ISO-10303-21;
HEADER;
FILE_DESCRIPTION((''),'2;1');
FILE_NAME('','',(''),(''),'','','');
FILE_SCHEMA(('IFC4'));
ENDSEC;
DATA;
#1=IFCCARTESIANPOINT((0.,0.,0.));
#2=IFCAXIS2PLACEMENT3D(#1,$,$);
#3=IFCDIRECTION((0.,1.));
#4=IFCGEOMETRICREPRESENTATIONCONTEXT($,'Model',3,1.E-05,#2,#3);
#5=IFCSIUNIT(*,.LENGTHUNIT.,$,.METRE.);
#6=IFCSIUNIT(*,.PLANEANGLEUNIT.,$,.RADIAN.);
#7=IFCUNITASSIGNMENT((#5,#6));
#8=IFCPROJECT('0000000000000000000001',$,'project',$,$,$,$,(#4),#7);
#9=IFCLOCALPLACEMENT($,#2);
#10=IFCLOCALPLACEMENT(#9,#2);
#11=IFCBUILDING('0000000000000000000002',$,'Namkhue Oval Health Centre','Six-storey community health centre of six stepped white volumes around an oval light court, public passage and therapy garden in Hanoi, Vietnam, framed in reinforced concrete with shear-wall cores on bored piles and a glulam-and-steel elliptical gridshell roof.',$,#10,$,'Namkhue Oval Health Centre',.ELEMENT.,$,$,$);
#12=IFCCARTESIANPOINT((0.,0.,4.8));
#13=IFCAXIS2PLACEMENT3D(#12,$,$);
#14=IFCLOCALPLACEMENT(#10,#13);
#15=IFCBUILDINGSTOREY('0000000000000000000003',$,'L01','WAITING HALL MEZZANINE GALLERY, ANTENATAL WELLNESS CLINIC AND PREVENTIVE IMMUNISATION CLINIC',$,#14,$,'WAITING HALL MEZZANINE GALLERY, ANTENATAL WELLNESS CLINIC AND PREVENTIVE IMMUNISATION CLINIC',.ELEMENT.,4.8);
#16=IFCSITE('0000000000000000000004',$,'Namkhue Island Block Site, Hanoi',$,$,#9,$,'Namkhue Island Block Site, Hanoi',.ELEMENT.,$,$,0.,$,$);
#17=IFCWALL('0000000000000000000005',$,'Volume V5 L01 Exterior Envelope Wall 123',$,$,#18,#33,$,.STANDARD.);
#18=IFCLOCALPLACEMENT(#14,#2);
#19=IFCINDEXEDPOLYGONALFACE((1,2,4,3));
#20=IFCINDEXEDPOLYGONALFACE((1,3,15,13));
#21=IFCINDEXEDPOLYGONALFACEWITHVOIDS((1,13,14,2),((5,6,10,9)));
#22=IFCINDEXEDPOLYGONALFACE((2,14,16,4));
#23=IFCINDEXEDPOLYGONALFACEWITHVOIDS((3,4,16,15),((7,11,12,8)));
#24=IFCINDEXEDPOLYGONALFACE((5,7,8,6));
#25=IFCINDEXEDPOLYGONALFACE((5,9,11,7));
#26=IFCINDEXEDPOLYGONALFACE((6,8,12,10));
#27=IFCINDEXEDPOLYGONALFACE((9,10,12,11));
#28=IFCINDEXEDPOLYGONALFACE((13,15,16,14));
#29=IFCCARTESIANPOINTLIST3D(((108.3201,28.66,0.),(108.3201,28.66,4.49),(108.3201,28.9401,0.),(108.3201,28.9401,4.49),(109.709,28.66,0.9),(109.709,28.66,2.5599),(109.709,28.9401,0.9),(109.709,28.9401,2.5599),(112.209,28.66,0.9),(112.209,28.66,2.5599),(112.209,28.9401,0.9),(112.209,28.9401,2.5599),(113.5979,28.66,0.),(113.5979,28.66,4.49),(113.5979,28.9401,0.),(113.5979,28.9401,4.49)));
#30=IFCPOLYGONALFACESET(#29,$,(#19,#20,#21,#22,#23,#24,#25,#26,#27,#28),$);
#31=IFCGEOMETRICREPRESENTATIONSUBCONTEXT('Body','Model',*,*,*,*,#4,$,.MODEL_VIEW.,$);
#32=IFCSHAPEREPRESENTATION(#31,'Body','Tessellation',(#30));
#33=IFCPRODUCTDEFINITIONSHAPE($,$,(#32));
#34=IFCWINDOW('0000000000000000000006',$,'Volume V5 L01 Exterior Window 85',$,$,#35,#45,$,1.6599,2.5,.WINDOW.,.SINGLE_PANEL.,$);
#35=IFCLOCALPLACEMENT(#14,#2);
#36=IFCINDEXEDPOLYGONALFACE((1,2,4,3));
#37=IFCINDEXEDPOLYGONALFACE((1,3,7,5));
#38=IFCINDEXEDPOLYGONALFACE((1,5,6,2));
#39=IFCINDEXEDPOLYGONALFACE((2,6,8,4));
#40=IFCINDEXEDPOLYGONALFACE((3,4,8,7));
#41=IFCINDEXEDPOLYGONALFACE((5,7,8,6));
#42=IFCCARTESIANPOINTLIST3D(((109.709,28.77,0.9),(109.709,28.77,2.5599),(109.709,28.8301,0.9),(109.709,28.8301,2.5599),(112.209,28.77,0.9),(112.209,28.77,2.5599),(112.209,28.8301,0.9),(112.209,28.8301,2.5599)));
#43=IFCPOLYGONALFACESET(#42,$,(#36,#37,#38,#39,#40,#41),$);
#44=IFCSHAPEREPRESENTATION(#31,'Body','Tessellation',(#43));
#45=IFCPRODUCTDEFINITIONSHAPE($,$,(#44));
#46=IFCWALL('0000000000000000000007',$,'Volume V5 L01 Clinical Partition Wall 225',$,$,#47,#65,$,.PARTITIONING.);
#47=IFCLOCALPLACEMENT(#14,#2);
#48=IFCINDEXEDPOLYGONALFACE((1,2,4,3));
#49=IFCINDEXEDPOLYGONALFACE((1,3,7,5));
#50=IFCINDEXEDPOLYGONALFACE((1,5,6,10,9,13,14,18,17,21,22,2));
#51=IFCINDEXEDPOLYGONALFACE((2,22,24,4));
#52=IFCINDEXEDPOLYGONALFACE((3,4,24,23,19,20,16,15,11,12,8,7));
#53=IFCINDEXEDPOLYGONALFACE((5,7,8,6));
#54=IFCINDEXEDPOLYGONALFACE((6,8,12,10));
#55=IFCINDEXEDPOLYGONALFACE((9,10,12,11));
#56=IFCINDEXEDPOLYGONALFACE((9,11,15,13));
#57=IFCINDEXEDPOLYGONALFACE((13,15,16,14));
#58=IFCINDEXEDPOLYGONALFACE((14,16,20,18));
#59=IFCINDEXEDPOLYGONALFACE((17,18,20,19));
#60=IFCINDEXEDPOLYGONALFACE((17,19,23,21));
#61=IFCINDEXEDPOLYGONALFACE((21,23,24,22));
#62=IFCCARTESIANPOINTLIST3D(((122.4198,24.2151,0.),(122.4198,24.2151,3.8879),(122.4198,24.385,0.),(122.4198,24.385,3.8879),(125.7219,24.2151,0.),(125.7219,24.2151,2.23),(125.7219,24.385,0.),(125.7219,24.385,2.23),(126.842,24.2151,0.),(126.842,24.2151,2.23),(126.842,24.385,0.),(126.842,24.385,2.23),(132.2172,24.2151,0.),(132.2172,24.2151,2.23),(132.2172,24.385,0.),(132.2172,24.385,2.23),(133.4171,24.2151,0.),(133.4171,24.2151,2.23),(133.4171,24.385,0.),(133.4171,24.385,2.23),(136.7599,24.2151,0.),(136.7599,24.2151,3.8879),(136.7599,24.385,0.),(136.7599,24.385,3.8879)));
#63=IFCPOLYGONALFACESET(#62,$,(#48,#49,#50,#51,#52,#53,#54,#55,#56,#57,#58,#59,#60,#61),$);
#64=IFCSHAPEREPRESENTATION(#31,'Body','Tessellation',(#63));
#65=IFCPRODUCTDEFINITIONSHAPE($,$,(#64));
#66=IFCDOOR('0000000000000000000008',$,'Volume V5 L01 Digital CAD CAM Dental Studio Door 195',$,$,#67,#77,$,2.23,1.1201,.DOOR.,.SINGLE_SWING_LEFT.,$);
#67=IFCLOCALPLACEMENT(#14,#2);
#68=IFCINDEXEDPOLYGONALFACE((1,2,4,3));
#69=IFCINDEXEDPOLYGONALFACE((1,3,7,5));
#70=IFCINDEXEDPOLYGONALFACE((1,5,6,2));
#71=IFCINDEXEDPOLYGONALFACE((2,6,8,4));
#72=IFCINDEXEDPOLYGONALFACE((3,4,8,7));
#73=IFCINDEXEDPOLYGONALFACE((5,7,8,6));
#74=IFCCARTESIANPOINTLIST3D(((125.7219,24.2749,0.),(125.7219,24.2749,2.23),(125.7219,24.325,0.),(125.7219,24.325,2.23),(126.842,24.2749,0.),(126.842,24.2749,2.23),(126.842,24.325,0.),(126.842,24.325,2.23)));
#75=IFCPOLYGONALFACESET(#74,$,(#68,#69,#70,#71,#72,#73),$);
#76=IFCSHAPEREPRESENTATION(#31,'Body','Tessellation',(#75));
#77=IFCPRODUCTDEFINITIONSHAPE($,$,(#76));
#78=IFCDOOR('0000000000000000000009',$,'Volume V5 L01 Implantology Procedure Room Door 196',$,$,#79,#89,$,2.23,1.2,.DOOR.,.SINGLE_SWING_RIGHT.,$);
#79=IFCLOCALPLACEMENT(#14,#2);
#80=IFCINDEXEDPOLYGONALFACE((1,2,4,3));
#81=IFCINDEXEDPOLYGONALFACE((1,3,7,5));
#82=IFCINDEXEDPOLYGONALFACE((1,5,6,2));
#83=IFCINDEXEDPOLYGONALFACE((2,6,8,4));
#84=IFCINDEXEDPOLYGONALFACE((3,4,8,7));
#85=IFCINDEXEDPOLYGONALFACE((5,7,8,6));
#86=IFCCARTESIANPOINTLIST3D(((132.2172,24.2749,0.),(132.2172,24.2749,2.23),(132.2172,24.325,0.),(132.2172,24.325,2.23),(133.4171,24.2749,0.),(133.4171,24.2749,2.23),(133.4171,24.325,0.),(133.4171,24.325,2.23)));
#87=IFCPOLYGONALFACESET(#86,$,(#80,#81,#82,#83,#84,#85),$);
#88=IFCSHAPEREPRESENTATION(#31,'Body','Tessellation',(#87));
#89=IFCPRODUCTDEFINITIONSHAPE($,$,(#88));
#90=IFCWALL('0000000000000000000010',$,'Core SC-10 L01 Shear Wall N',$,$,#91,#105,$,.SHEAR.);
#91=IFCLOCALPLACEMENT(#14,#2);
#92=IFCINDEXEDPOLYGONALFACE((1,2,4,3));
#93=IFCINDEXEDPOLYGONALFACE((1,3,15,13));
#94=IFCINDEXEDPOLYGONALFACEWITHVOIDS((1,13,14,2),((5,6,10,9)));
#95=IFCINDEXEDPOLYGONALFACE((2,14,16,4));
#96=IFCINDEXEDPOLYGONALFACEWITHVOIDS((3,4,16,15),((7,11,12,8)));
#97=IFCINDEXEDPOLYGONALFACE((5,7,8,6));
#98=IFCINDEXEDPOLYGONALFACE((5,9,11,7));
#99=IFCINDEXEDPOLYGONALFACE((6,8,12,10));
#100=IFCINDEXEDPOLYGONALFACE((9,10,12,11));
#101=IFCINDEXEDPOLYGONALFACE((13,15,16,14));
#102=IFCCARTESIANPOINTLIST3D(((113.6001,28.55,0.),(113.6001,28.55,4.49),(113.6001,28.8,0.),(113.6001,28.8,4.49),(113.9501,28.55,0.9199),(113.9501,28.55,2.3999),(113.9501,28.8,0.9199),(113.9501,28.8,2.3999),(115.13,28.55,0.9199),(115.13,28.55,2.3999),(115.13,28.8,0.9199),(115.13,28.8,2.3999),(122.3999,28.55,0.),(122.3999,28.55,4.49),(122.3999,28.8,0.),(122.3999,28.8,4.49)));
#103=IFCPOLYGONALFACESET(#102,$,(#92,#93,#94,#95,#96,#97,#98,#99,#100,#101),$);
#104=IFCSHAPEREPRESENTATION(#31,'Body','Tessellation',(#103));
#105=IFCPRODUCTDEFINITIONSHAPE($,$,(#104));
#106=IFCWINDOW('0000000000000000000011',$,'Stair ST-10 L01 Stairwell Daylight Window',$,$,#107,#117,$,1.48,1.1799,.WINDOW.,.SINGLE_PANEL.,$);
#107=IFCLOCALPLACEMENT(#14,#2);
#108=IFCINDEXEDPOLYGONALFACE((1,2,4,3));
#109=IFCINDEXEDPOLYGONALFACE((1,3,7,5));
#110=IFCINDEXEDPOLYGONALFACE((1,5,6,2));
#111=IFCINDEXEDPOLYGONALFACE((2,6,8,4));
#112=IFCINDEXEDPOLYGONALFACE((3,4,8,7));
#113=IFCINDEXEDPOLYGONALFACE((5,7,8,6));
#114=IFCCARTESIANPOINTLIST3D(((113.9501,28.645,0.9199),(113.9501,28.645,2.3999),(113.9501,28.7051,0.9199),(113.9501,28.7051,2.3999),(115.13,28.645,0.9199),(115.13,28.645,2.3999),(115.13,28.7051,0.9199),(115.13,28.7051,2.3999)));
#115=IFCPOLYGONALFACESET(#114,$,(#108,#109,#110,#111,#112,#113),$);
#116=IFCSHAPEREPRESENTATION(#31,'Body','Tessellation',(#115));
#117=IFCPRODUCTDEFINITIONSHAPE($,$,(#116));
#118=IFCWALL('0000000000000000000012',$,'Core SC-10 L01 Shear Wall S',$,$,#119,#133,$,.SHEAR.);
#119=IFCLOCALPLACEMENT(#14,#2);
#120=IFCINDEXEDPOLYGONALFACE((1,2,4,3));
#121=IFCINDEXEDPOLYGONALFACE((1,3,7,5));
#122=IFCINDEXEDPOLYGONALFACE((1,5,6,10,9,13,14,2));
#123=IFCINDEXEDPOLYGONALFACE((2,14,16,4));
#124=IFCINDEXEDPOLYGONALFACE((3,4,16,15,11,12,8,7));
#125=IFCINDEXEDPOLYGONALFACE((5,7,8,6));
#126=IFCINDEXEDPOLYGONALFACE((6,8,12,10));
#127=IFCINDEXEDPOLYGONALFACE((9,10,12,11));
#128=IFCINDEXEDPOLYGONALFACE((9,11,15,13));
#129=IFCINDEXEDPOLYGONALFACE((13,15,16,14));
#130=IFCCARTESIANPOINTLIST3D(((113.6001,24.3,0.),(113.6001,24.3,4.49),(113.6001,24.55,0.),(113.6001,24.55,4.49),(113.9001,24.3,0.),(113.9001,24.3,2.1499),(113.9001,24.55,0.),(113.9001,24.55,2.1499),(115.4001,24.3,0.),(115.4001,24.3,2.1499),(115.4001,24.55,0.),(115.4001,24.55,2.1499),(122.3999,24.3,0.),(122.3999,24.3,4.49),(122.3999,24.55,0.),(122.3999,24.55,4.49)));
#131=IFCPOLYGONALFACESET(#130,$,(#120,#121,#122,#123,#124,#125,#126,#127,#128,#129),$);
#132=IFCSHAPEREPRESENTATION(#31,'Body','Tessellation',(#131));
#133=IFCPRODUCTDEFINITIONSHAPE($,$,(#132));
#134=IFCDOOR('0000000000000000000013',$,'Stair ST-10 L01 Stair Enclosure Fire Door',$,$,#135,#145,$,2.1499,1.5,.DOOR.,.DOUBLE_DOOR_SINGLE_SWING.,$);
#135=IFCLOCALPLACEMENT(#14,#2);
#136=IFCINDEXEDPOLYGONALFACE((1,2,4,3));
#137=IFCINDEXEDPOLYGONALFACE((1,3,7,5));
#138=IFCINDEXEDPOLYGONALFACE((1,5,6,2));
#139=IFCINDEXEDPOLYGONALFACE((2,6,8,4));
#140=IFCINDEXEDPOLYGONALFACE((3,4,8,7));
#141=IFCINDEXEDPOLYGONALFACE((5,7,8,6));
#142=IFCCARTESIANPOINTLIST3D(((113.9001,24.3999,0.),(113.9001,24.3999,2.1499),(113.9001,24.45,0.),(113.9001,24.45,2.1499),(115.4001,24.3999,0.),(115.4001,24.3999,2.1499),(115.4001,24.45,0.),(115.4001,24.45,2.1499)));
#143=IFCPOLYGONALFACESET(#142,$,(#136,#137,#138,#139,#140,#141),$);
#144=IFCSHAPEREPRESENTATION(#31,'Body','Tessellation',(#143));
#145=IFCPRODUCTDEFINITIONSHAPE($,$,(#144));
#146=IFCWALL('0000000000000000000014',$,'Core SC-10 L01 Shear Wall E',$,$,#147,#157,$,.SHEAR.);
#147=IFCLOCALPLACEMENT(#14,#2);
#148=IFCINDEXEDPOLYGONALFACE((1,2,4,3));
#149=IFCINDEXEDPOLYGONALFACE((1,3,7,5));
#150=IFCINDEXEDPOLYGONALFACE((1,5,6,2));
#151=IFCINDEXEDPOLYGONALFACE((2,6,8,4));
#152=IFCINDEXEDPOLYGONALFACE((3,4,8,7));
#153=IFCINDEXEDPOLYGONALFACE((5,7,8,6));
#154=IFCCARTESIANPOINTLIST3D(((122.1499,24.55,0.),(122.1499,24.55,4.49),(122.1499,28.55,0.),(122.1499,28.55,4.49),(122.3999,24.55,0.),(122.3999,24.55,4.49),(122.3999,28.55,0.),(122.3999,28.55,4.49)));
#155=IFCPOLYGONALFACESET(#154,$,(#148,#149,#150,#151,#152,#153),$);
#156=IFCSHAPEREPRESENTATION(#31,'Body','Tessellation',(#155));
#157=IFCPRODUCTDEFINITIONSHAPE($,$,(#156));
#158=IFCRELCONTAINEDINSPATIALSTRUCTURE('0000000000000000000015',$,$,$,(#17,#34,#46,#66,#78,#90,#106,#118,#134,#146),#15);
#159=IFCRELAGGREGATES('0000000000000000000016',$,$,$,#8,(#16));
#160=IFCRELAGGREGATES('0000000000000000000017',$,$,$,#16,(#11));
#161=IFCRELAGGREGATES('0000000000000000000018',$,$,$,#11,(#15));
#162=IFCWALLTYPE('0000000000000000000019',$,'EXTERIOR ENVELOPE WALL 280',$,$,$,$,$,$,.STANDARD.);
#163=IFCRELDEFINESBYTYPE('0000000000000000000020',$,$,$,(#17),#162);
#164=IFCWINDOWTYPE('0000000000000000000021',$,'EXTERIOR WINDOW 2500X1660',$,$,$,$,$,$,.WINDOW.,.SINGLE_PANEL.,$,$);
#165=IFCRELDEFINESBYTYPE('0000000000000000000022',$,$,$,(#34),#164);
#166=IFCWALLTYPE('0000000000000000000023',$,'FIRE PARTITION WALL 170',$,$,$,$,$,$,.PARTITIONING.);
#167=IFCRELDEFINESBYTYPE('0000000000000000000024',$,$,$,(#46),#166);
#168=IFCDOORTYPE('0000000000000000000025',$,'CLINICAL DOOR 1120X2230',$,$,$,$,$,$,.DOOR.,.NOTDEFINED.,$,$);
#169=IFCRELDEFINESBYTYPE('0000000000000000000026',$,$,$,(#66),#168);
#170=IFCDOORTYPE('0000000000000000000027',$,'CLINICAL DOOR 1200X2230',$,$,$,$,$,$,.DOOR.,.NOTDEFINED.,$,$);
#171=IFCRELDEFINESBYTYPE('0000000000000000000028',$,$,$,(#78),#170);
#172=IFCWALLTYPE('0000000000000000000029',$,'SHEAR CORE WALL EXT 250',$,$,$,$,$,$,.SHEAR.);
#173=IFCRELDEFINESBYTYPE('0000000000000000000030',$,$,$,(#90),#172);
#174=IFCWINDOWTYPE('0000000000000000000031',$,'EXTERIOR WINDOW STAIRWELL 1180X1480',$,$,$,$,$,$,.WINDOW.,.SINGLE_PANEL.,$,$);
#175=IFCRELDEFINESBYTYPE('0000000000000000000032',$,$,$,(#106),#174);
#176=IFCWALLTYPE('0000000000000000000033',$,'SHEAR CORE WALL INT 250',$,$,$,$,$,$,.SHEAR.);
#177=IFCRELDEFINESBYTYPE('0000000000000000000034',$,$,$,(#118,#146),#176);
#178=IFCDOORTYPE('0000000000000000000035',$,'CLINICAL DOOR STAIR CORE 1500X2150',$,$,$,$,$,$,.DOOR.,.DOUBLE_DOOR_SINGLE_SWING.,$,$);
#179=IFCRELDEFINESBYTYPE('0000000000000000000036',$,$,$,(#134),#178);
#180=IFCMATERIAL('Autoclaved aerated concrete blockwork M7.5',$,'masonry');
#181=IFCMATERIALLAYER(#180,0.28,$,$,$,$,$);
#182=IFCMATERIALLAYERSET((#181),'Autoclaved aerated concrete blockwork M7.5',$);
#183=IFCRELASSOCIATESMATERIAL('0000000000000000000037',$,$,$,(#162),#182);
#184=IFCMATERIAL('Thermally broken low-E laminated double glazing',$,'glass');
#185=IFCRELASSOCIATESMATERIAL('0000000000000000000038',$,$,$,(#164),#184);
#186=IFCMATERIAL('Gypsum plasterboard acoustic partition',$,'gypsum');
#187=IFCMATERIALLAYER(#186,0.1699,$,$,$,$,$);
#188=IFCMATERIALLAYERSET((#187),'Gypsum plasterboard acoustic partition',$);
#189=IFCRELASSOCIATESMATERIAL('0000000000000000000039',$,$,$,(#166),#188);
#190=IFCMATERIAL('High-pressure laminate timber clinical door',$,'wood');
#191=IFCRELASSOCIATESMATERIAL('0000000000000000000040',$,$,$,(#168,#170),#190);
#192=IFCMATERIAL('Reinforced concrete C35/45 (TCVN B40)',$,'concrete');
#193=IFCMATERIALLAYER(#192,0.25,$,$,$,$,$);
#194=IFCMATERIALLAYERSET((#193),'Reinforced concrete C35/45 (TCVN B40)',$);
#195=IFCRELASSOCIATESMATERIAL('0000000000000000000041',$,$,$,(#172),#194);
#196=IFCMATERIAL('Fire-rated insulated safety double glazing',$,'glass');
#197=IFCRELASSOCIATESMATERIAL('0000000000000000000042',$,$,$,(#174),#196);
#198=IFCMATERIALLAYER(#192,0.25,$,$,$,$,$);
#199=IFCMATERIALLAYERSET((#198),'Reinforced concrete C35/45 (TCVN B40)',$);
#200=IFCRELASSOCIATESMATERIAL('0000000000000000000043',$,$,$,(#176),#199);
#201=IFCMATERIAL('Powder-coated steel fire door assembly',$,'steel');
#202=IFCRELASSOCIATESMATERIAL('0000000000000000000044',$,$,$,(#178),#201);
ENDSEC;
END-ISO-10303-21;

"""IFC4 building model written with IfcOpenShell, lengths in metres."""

from ifc_helpers import new_model, si_unit, direction, frame, frame_2d, origin, place, context, subcontext, project, spatial, rectangle, extrude, material, layer, layer_set, type_object, element, fill, save


model = new_model("IFC4")

# Units and contexts
model_context = context("Model", 3, precision=1e-05, world=origin(), true_north=direction((0.0, 1.0)))
body_context = subcontext(model_context, "Body", "Model", "MODEL_VIEW")
ifc_project = project(units=[si_unit("LENGTHUNIT", "METRE"), si_unit("PLANEANGLEUNIT", "RADIAN")], contexts=[model_context])

# Site, building, storey
site_placement = place(None, origin())
site = spatial("IfcSite", under=ifc_project, at=site_placement, Name="Namkhue Island Block Site, Hanoi", LongName="Namkhue Island Block Site, Hanoi", CompositionType="ELEMENT", RefElevation=0.0)
building_placement = place(site_placement, origin())
building = spatial("IfcBuilding", under=site, at=building_placement, Name="Namkhue Oval Health Centre", Description="Six-storey community health centre of six stepped white volumes around an oval light court, public passage and therapy garden in Hanoi, Vietnam, framed in reinforced concrete with shear-wall cores on bored piles and a glulam-and-steel elliptical gridshell roof.", LongName="Namkhue Oval Health Centre", CompositionType="ELEMENT")
storey_placement = place(building_placement, frame((0.0, 0.0, 4.8)))
storey = spatial("IfcBuildingStorey", under=building, at=storey_placement, Name="L01", Description="WAITING HALL MEZZANINE GALLERY, ANTENATAL WELLNESS CLINIC AND PREVENTIVE IMMUNISATION CLINIC", LongName="WAITING HALL MEZZANINE GALLERY, ANTENATAL WELLNESS CLINIC AND PREVENTIVE IMMUNISATION CLINIC", CompositionType="ELEMENT", Elevation=4.8)

# Shared definitions
ifc_material_1 = material(Name="Reinforced concrete C35/45 (TCVN B40)", Category="concrete")

# Wall, opening, window
ifc_material_2 = material(Name="Autoclaved aerated concrete blockwork M7.5", Category="masonry")
ifc_layer_1 = layer(ifc_material_2, 0.28)
ifc_layer_set_1 = layer_set([ifc_layer_1], Name="Autoclaved aerated concrete blockwork M7.5")
wall_type_1 = type_object("IfcWallType", Name="EXTERIOR ENVELOPE WALL 280", PredefinedType="STANDARD", material=ifc_layer_set_1)
wall_1_placement = place(storey_placement, frame((113.5979, 28.8, 0.0), z_axis=(0.0, 0.0, 1.0), x_axis=(-1.0, 0.0, 0.0)))
wall_1 = element("IfcWall", 1, at=wall_1_placement, inside=storey, type_object=wall_type_1, Name="Volume V5 L01 Exterior Envelope Wall 123", PredefinedType="STANDARD", context=body_context, shape_type="SweptSolid", body=[
    extrude(rectangle(XDim=5.2778, YDim=0.28, at=frame_2d((2.6389, 0.0))), origin(), (0.0, 0.0, 1.0), 4.49),
])
opening_1_placement = place(wall_1_placement, frame((1.3889, 0.0, 0.8999)))
opening_1 = element("IfcOpeningElement", 2, at=opening_1_placement, cuts=wall_1, PredefinedType="OPENING", context=body_context, shape_type="SweptSolid", body=[
    extrude(rectangle(XDim=2.5, YDim=1.6599, at=frame_2d((1.25, 0.8301))), frame((0.0, 0.1499, 0.0), z_axis=(0.0, -1.0, 0.0), x_axis=(1.0, 0.0, 0.0)), (0.0, 0.0, 1.0), 0.3),
])
ifc_material_3 = material(Name="Thermally broken low-E laminated double glazing", Category="glass")
window_type_1 = type_object("IfcWindowType", Name="EXTERIOR WINDOW 2500X1660", PartitioningType="SINGLE_PANEL", PredefinedType="WINDOW", material=ifc_material_3)
window_1_placement = place(opening_1_placement, origin())
window_1 = element("IfcWindow", 3, at=window_1_placement, inside=storey, type_object=window_type_1, Name="Volume V5 L01 Exterior Window 85", OverallHeight=1.6599, OverallWidth=2.5, PartitioningType="SINGLE_PANEL", PredefinedType="WINDOW", context=body_context, shape_type="SweptSolid", body=[
    extrude(rectangle(XDim=2.5, YDim=1.6599, at=frame_2d((1.25, 0.8301))), frame((0.0, 0.03, 0.0), z_axis=(0.0, -1.0, 0.0), x_axis=(1.0, 0.0, 0.0)), (0.0, 0.0, 1.0), 0.0601),
])
fill(opening_1, window_1)

# Wall, openings, doors
ifc_material_4 = material(Name="Gypsum plasterboard acoustic partition", Category="gypsum")
ifc_layer_2 = layer(ifc_material_4, 0.1699)
ifc_layer_set_2 = layer_set([ifc_layer_2], Name="Gypsum plasterboard acoustic partition")
wall_type_2 = type_object("IfcWallType", Name="FIRE PARTITION WALL 170", PredefinedType="PARTITIONING", material=ifc_layer_set_2)
wall_2_placement = place(storey_placement, frame((122.4199, 24.3, 0.0), z_axis=(0.0, 0.0, 1.0), x_axis=(1.0, 0.0, 0.0)))
wall_2 = element("IfcWall", 4, at=wall_2_placement, inside=storey, type_object=wall_type_2, Name="Volume V5 L01 Clinical Partition Wall 225", PredefinedType="PARTITIONING", context=body_context, shape_type="SweptSolid", body=[
    extrude(rectangle(XDim=14.3401, YDim=0.1699, at=frame_2d((7.1699, 0.0))), origin(), (0.0, 0.0, 1.0), 3.8879),
])
opening_2_placement = place(wall_2_placement, frame((3.302, 0.0, 0.0)))
opening_2 = element("IfcOpeningElement", 5, at=opening_2_placement, cuts=wall_2, PredefinedType="OPENING", context=body_context, shape_type="SweptSolid", body=[
    extrude(rectangle(XDim=1.1201, YDim=2.23, at=frame_2d((0.5601, 1.115))), frame((0.0, 0.095, 0.0), z_axis=(0.0, -1.0, 0.0), x_axis=(1.0, 0.0, 0.0)), (0.0, 0.0, 1.0), 0.1899),
])
opening_3_placement = place(wall_2_placement, frame((9.7971, 0.0, 0.0)))
opening_3 = element("IfcOpeningElement", 6, at=opening_3_placement, cuts=wall_2, PredefinedType="OPENING", context=body_context, shape_type="SweptSolid", body=[
    extrude(rectangle(XDim=1.2, YDim=2.23, at=frame_2d((0.6001, 1.115))), frame((0.0, 0.095, 0.0), z_axis=(0.0, -1.0, 0.0), x_axis=(1.0, 0.0, 0.0)), (0.0, 0.0, 1.0), 0.1899),
])
ifc_material_5 = material(Name="High-pressure laminate timber clinical door", Category="wood")
door_type_1 = type_object("IfcDoorType", Name="CLINICAL DOOR 1120X2230", OperationType="NOTDEFINED", PredefinedType="DOOR", material=ifc_material_5)
door_1_placement = place(opening_2_placement, origin())
door_1 = element("IfcDoor", 7, at=door_1_placement, inside=storey, type_object=door_type_1, Name="Volume V5 L01 Digital CAD CAM Dental Studio Door 195", OperationType="SINGLE_SWING_LEFT", OverallHeight=2.23, OverallWidth=1.1201, PredefinedType="DOOR", context=body_context, shape_type="SweptSolid", body=[
    extrude(rectangle(XDim=1.1201, YDim=2.23, at=frame_2d((0.5601, 1.115))), frame((0.0, 0.0249, 0.0), z_axis=(0.0, -1.0, 0.0), x_axis=(1.0, 0.0, 0.0)), (0.0, 0.0, 1.0), 0.05),
])
fill(opening_2, door_1)
door_type_2 = type_object("IfcDoorType", Name="CLINICAL DOOR 1200X2230", OperationType="NOTDEFINED", PredefinedType="DOOR", material=ifc_material_5)
door_2_placement = place(opening_3_placement, origin())
door_2 = element("IfcDoor", 8, at=door_2_placement, inside=storey, type_object=door_type_2, Name="Volume V5 L01 Implantology Procedure Room Door 196", OperationType="SINGLE_SWING_RIGHT", OverallHeight=2.23, OverallWidth=1.2, PredefinedType="DOOR", context=body_context, shape_type="SweptSolid", body=[
    extrude(rectangle(XDim=1.2, YDim=2.23, at=frame_2d((0.6001, 1.115))), frame((0.0, 0.0249, 0.0), z_axis=(0.0, -1.0, 0.0), x_axis=(1.0, 0.0, 0.0)), (0.0, 0.0, 1.0), 0.05),
])
fill(opening_3, door_2)

# Wall, opening, window
ifc_layer_3 = layer(ifc_material_1, 0.25)
ifc_layer_set_3 = layer_set([ifc_layer_3], Name="Reinforced concrete C35/45 (TCVN B40)")
wall_type_3 = type_object("IfcWallType", Name="SHEAR CORE WALL EXT 250", PredefinedType="SHEAR", material=ifc_layer_set_3)
wall_3_placement = place(storey_placement, frame((122.3999, 28.675, 0.0), z_axis=(0.0, 0.0, 1.0), x_axis=(-1.0, 0.0, 0.0)))
wall_3 = element("IfcWall", 9, at=wall_3_placement, inside=storey, type_object=wall_type_3, Name="Core SC-10 L01 Shear Wall N", PredefinedType="SHEAR", context=body_context, shape_type="SweptSolid", body=[
    extrude(rectangle(XDim=8.7998, YDim=0.25, at=frame_2d((4.3999, 0.0))), origin(), (0.0, 0.0, 1.0), 4.49),
])
opening_4_placement = place(wall_3_placement, frame((7.27, 0.0, 0.9199)))
opening_4 = element("IfcOpeningElement", 10, at=opening_4_placement, cuts=wall_3, PredefinedType="OPENING", context=body_context, shape_type="SweptSolid", body=[
    extrude(rectangle(XDim=1.1799, YDim=1.48, at=frame_2d((0.5898, 0.74))), frame((0.0, 0.135, 0.0), z_axis=(0.0, -1.0, 0.0), x_axis=(1.0, 0.0, 0.0)), (0.0, 0.0, 1.0), 0.27),
])
ifc_material_6 = material(Name="Fire-rated insulated safety double glazing", Category="glass")
window_type_2 = type_object("IfcWindowType", Name="EXTERIOR WINDOW STAIRWELL 1180X1480", PartitioningType="SINGLE_PANEL", PredefinedType="WINDOW", material=ifc_material_6)
window_2_placement = place(opening_4_placement, origin())
window_2 = element("IfcWindow", 11, at=window_2_placement, inside=storey, type_object=window_type_2, Name="Stair ST-10 L01 Stairwell Daylight Window", OverallHeight=1.48, OverallWidth=1.1799, PartitioningType="SINGLE_PANEL", PredefinedType="WINDOW", context=body_context, shape_type="SweptSolid", body=[
    extrude(rectangle(XDim=1.1799, YDim=1.48, at=frame_2d((0.5898, 0.74))), frame((0.0, 0.03, 0.0), z_axis=(0.0, -1.0, 0.0), x_axis=(1.0, 0.0, 0.0)), (0.0, 0.0, 1.0), 0.0601),
])
fill(opening_4, window_2)

# Wall, opening, door
ifc_layer_4 = layer(ifc_material_1, 0.25)
ifc_layer_set_4 = layer_set([ifc_layer_4], Name="Reinforced concrete C35/45 (TCVN B40)")
wall_type_4 = type_object("IfcWallType", Name="SHEAR CORE WALL INT 250", PredefinedType="SHEAR", material=ifc_layer_set_4)
wall_4_placement = place(storey_placement, frame((113.6001, 24.425, 0.0), z_axis=(0.0, 0.0, 1.0), x_axis=(1.0, 0.0, 0.0)))
wall_4 = element("IfcWall", 12, at=wall_4_placement, inside=storey, type_object=wall_type_4, Name="Core SC-10 L01 Shear Wall S", PredefinedType="SHEAR", context=body_context, shape_type="SweptSolid", body=[
    extrude(rectangle(XDim=8.7998, YDim=0.25, at=frame_2d((4.3999, 0.0))), origin(), (0.0, 0.0, 1.0), 4.49),
])
opening_5_placement = place(wall_4_placement, frame((0.3, 0.0, 0.0)))
opening_5 = element("IfcOpeningElement", 13, at=opening_5_placement, cuts=wall_4, PredefinedType="OPENING", context=body_context, shape_type="SweptSolid", body=[
    extrude(rectangle(XDim=1.5, YDim=2.1499, at=frame_2d((0.75, 1.075))), frame((0.0, 0.135, 0.0), z_axis=(0.0, -1.0, 0.0), x_axis=(1.0, 0.0, 0.0)), (0.0, 0.0, 1.0), 0.27),
])
ifc_material_7 = material(Name="Powder-coated steel fire door assembly", Category="steel")
door_type_3 = type_object("IfcDoorType", Name="CLINICAL DOOR STAIR CORE 1500X2150", OperationType="DOUBLE_DOOR_SINGLE_SWING", PredefinedType="DOOR", material=ifc_material_7)
door_3_placement = place(opening_5_placement, origin())
door_3 = element("IfcDoor", 14, at=door_3_placement, inside=storey, type_object=door_type_3, Name="Stair ST-10 L01 Stair Enclosure Fire Door", OperationType="DOUBLE_DOOR_SINGLE_SWING", OverallHeight=2.1499, OverallWidth=1.5, PredefinedType="DOOR", context=body_context, shape_type="SweptSolid", body=[
    extrude(rectangle(XDim=1.5, YDim=2.1499, at=frame_2d((0.75, 1.075))), frame((0.0, 0.0249, 0.0), z_axis=(0.0, -1.0, 0.0), x_axis=(1.0, 0.0, 0.0)), (0.0, 0.0, 1.0), 0.05),
])
fill(opening_5, door_3)

# Wall
for number, where, z_axis, x_axis, name in (
    (15, (122.2749, 24.55, 0.0), (0.0, 0.0, 1.0), (0.0, 1.0, 0.0), "Core SC-10 L01 Shear Wall E"),
):
    element("IfcWall", number, at=place(storey_placement, frame(where, z_axis=z_axis, x_axis=x_axis)), inside=storey, type_object=wall_type_4, Name=name, PredefinedType="SHEAR", context=body_context, shape_type="SweptSolid", body=[
        extrude(rectangle(XDim=4.0, YDim=0.25, at=frame_2d((2.0, 0.0))), origin(), (0.0, 0.0, 1.0), 4.49),
    ])

save(model, "model.ifc")
